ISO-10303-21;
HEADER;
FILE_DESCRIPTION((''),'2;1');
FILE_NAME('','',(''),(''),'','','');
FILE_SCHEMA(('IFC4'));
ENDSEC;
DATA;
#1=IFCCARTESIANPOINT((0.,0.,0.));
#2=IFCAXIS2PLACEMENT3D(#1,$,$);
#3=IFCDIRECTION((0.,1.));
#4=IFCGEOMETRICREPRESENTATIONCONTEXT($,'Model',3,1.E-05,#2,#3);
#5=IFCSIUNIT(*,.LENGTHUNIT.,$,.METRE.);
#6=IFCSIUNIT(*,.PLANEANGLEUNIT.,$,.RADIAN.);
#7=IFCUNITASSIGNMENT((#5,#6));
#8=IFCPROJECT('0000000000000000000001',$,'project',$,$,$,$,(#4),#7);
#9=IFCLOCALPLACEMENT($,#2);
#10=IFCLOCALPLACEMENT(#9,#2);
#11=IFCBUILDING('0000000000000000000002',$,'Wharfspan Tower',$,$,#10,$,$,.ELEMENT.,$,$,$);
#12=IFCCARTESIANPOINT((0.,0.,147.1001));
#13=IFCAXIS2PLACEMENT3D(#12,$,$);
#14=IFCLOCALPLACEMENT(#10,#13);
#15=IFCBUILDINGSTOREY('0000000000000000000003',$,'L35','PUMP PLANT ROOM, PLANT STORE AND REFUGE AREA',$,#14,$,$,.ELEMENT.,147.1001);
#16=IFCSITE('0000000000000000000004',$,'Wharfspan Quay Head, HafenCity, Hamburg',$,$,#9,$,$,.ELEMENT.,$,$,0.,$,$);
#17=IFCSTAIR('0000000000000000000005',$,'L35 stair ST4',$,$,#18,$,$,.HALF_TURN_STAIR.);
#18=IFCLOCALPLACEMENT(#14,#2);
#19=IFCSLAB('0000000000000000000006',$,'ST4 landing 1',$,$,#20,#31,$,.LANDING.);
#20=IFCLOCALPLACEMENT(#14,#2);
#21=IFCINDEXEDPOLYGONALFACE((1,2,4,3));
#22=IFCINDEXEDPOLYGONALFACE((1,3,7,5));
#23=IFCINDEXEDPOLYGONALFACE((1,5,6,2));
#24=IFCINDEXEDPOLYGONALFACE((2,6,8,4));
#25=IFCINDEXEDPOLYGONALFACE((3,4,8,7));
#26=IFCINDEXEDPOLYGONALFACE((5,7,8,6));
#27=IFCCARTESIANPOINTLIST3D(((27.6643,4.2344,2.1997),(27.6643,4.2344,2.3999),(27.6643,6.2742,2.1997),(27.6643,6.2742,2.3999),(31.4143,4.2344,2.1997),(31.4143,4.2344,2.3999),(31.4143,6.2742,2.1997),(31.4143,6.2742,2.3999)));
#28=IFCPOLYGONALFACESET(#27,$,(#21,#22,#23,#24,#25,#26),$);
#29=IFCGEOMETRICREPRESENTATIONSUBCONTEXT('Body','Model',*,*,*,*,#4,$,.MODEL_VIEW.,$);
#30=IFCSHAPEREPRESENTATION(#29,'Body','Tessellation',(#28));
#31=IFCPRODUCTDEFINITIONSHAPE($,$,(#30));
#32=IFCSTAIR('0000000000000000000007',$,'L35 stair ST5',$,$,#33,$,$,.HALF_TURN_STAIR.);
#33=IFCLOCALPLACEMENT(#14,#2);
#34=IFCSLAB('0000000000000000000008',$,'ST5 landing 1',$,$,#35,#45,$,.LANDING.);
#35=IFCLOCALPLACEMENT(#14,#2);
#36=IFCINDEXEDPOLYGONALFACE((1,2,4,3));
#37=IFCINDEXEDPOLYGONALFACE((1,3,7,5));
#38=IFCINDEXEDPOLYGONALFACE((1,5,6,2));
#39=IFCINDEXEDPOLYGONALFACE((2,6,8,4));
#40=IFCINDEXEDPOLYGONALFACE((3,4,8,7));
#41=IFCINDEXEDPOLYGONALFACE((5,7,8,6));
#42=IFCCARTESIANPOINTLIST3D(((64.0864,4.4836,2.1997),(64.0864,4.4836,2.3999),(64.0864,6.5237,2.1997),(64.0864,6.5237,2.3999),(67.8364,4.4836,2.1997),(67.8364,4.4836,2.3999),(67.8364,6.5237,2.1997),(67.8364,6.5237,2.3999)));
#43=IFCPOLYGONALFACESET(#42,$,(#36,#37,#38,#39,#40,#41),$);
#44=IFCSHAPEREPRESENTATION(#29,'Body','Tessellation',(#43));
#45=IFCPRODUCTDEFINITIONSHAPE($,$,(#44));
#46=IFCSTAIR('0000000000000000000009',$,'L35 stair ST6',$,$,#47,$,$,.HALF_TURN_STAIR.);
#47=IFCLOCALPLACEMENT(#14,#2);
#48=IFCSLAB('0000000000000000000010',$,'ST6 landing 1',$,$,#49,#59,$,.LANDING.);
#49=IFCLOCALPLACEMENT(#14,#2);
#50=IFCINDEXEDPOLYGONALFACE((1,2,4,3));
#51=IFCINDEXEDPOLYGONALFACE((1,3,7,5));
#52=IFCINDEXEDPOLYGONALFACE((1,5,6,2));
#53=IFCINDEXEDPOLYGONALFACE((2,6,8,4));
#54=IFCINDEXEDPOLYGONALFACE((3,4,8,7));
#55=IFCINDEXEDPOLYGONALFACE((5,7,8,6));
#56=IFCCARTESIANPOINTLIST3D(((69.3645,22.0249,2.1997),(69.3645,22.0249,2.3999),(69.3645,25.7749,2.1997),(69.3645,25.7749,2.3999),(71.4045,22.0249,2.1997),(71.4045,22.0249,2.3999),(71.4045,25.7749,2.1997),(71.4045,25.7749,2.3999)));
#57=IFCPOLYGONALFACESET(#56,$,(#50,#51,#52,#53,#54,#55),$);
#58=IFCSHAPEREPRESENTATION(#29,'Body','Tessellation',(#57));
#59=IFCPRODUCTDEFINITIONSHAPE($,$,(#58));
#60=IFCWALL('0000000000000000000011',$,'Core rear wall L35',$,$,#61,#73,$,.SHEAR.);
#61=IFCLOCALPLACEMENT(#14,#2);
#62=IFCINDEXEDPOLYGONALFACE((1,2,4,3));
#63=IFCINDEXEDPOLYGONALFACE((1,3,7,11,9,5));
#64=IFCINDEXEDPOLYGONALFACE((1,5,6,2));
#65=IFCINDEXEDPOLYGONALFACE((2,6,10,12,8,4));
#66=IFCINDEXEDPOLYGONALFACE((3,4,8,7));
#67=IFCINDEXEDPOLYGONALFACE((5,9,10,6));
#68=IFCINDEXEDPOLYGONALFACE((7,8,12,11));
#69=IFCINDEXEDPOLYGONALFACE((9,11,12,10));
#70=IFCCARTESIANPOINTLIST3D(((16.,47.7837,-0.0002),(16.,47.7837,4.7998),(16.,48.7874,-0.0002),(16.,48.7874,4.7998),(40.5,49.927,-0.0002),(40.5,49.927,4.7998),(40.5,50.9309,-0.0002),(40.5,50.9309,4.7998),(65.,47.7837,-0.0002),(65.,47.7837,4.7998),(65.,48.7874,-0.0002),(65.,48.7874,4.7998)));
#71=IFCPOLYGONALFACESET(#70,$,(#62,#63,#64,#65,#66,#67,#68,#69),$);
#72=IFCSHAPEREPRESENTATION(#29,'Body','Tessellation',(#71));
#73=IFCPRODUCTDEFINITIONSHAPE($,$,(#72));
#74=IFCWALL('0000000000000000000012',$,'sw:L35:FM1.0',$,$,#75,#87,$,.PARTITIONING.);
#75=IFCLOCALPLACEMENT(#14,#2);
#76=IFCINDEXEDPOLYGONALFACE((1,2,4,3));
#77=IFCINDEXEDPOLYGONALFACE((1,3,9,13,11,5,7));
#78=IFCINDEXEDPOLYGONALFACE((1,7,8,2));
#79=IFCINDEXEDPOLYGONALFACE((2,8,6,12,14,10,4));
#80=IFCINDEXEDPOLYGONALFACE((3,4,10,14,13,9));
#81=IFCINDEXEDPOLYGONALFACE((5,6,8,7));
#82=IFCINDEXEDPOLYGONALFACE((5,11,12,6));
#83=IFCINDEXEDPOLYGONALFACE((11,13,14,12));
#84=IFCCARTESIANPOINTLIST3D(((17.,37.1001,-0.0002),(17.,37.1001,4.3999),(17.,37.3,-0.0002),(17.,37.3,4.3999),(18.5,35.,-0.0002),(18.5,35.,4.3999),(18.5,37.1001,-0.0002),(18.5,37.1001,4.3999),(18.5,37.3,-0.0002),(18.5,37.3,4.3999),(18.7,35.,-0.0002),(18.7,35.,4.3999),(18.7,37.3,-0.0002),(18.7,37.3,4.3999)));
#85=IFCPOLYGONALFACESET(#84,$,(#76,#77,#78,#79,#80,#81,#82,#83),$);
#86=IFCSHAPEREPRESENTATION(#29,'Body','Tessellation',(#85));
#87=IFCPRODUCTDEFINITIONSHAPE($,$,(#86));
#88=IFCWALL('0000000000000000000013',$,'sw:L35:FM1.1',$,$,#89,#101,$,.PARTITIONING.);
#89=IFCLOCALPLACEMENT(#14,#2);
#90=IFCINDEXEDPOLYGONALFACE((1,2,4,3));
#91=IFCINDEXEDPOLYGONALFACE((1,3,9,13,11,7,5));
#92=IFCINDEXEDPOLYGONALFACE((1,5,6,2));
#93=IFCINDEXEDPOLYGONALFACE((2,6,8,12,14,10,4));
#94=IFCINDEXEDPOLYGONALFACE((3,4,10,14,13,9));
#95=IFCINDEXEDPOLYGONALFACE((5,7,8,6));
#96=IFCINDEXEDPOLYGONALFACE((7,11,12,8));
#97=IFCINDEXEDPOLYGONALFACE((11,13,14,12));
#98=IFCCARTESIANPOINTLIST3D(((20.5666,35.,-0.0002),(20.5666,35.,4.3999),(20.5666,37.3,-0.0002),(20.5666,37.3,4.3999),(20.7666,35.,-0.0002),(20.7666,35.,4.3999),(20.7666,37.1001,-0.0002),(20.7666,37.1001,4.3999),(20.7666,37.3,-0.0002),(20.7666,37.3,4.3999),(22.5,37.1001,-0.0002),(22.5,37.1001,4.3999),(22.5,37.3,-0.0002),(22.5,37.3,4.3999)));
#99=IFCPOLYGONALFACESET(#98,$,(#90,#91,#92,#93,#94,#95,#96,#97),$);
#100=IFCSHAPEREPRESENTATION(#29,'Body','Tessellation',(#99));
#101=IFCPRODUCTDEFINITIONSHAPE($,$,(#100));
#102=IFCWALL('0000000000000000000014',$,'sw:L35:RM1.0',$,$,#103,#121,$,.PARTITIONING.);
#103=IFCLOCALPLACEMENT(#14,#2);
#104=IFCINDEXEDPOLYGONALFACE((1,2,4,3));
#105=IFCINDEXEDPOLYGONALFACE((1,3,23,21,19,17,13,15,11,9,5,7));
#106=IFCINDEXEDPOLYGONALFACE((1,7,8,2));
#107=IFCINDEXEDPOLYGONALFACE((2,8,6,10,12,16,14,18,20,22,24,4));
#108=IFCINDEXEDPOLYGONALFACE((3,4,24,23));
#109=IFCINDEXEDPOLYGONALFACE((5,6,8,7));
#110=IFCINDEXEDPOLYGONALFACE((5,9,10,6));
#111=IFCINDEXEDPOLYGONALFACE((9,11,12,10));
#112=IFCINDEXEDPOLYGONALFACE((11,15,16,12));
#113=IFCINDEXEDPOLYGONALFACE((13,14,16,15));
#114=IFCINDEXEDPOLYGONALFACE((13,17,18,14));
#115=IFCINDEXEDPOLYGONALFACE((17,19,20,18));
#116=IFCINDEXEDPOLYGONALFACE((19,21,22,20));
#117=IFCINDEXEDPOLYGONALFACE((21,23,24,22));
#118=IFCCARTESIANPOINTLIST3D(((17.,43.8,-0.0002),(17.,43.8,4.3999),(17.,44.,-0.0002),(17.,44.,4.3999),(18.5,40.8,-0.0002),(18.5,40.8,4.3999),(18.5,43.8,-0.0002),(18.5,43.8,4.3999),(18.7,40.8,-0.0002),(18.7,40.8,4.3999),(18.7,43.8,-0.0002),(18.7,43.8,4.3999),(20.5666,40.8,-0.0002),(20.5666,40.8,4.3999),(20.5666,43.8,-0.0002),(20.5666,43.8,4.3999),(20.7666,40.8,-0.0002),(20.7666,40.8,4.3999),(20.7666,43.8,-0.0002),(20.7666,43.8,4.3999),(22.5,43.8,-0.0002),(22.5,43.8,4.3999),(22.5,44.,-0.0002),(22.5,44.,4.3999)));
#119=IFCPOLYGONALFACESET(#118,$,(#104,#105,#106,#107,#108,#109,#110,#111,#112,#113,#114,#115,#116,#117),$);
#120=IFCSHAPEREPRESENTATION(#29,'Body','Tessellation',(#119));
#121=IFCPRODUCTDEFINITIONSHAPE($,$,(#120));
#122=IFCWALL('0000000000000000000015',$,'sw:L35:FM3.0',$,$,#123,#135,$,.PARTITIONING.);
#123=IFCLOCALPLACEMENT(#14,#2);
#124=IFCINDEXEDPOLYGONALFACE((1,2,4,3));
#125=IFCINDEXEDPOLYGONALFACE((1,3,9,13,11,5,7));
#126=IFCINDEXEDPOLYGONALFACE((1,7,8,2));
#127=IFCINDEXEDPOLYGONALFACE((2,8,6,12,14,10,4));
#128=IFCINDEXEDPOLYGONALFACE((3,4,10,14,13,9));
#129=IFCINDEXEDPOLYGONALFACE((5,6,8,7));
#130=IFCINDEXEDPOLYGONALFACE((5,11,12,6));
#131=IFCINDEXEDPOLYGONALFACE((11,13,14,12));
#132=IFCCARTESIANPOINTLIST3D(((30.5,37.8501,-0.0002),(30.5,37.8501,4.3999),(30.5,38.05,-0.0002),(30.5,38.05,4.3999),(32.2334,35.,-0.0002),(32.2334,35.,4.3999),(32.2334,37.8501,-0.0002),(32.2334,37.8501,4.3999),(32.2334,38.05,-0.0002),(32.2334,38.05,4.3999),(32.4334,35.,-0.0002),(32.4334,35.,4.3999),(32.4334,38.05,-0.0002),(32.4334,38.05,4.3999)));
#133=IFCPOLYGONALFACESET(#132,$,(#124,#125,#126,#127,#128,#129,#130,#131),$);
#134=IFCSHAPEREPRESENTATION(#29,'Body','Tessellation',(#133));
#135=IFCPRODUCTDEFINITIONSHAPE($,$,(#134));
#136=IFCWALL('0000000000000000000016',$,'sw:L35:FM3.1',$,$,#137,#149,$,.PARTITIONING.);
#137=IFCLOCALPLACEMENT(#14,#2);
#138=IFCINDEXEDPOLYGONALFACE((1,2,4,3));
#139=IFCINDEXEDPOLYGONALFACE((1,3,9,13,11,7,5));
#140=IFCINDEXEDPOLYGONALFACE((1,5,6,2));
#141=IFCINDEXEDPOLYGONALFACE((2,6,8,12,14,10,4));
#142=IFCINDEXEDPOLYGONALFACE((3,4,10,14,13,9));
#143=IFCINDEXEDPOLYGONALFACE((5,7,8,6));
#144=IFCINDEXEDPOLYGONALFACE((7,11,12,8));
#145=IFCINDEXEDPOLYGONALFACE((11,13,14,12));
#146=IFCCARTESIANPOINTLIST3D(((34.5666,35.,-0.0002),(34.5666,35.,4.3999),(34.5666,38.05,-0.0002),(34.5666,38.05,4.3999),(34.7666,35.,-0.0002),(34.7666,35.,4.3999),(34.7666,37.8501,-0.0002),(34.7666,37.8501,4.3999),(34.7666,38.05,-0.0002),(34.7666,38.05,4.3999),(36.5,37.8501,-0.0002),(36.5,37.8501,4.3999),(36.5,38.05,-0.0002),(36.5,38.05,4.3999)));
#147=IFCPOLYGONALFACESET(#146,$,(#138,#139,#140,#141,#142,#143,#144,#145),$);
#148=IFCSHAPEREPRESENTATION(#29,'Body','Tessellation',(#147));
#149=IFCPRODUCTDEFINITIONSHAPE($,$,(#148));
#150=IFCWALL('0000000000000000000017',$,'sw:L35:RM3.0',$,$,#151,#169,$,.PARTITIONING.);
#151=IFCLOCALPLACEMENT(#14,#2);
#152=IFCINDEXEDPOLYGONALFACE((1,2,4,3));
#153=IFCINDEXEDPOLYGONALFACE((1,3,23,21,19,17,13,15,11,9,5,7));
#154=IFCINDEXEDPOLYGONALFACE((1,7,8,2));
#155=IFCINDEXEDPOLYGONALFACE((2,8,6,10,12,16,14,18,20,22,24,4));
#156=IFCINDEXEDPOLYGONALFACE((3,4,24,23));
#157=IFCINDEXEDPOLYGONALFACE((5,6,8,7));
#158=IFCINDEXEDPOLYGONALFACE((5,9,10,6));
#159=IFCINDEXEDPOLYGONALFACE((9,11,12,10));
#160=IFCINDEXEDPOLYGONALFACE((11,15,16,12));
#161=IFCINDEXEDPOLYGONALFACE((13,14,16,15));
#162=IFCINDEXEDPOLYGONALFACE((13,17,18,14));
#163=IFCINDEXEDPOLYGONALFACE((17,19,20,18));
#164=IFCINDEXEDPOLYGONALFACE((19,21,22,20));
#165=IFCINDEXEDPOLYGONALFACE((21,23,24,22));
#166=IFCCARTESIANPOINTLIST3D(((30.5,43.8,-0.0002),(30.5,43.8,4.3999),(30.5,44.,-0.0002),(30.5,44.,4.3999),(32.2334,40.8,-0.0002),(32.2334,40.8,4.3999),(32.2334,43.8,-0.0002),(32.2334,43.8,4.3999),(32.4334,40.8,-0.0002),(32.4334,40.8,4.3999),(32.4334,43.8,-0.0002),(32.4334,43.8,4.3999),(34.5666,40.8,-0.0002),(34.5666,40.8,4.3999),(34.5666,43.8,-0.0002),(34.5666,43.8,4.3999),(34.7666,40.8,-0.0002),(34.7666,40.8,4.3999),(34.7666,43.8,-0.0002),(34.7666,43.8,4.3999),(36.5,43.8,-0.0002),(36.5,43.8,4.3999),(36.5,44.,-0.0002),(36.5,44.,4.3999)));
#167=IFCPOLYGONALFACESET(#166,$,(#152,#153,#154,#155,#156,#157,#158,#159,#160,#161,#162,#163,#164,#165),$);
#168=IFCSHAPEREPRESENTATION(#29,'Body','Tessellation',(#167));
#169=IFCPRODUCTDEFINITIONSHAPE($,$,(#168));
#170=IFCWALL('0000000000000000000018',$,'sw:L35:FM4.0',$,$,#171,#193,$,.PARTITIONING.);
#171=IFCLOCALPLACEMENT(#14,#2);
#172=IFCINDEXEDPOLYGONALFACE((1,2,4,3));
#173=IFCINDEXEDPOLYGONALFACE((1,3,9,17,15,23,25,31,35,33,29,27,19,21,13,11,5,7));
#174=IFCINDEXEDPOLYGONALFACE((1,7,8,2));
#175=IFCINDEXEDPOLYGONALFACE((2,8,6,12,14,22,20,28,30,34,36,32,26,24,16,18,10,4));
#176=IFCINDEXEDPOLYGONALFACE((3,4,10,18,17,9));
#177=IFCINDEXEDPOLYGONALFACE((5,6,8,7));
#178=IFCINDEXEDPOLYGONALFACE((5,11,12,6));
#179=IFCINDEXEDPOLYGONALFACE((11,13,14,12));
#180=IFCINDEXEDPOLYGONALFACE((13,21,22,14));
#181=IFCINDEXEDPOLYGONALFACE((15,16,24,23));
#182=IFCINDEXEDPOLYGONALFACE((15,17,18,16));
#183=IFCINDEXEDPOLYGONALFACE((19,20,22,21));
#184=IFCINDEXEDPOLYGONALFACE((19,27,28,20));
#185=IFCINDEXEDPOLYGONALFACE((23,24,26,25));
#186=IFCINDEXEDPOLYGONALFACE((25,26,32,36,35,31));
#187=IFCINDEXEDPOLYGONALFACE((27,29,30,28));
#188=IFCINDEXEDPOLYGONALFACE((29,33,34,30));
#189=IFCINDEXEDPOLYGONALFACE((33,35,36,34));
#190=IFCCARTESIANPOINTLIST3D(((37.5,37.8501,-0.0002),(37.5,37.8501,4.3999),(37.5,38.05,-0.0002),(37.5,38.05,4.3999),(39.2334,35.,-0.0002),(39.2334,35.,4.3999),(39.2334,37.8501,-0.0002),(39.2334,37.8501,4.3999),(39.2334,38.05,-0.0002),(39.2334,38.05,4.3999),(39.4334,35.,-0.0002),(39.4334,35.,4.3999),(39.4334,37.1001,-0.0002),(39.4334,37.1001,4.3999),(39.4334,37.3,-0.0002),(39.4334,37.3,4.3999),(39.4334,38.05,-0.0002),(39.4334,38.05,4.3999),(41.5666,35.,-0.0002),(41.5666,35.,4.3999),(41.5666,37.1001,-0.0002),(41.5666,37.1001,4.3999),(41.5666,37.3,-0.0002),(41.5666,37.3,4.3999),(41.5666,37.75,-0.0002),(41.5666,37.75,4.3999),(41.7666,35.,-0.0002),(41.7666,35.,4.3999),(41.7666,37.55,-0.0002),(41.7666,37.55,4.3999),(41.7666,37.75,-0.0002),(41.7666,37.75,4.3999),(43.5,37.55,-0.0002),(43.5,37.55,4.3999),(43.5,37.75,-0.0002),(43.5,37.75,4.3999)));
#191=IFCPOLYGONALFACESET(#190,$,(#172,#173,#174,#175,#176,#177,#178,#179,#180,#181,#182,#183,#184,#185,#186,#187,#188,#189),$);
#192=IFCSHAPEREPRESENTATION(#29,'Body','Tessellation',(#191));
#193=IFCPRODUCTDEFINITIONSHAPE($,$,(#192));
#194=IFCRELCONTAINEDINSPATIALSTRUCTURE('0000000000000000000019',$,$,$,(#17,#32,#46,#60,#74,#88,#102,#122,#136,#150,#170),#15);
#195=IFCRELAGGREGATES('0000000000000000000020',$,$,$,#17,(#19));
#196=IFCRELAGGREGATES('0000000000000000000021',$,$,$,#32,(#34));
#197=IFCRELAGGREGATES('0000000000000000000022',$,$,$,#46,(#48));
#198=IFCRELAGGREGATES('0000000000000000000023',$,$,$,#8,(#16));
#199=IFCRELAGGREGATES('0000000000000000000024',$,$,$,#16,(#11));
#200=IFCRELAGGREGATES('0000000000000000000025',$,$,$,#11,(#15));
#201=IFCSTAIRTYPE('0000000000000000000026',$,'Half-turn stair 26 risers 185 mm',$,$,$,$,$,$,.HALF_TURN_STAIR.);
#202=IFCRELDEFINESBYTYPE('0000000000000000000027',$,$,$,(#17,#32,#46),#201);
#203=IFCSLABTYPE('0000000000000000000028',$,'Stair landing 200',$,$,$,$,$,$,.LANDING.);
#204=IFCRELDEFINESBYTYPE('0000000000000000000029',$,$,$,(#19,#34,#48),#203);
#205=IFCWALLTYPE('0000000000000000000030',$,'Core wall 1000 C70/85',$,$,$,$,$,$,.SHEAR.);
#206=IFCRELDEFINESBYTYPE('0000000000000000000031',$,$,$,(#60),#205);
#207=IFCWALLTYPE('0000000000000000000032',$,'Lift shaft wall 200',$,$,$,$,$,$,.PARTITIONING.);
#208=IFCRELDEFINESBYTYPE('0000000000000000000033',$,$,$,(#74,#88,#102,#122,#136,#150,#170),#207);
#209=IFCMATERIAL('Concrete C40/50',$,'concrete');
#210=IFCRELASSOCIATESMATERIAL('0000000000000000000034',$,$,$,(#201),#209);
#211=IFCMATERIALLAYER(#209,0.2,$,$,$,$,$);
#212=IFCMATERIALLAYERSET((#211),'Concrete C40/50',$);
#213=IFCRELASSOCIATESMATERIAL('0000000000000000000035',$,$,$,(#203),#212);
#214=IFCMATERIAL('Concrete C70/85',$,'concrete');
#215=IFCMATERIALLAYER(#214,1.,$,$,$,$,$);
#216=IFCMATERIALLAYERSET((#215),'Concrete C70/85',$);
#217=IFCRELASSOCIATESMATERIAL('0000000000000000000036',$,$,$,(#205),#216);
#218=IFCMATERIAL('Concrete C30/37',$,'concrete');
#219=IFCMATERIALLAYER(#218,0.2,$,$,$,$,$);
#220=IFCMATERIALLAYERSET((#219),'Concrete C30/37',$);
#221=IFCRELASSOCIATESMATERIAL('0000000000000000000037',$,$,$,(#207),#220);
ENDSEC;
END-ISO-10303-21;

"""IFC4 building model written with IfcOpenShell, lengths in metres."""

from ifc_helpers import new_model, si_unit, direction, frame, origin, place, context, subcontext, project, spatial, polyline, outline, extrude, material, layer, layer_set, type_object, element, aggregate, save


model = new_model("IFC4")

# Units and contexts
model_context = context("Model", 3, precision=1e-05, world=origin(), true_north=direction((0.0, 1.0)))
body_context = subcontext(model_context, "Body", "Model", "MODEL_VIEW")
ifc_project = project(units=[si_unit("LENGTHUNIT", "METRE"), si_unit("PLANEANGLEUNIT", "RADIAN")], contexts=[model_context])

# Site, building, storey
site_placement = place(None, origin())
site = spatial("IfcSite", under=ifc_project, at=site_placement, Name="Wharfspan Quay Head, HafenCity, Hamburg", CompositionType="ELEMENT", RefElevation=0.0)
building_placement = place(site_placement, origin())
building = spatial("IfcBuilding", under=site, at=building_placement, Name="Wharfspan Tower", CompositionType="ELEMENT")
storey_placement = place(building_placement, frame((0.0, 0.0, 147.1001)))
storey = spatial("IfcBuildingStorey", under=building, at=storey_placement, Name="L35", Description="PUMP PLANT ROOM, PLANT STORE AND REFUGE AREA", CompositionType="ELEMENT", Elevation=147.1001)

# Shared definitions
ifc_material_1 = material(Name="Concrete C40/50", Category="concrete")

# Stairs, slabs
stair_type = type_object("IfcStairType", Name="Half-turn stair 26 risers 185 mm", PredefinedType="HALF_TURN_STAIR", material=ifc_material_1)
ifc_layer_1 = layer(ifc_material_1, 0.2)
ifc_layer_set_1 = layer_set([ifc_layer_1], Name="Concrete C40/50")
slab_type_1 = type_object("IfcSlabType", Name="Stair landing 200", PredefinedType="LANDING", material=ifc_layer_set_1)
stair_1_placement = place(storey_placement, origin())
stair_1 = element("IfcStair", 1, at=stair_1_placement, inside=storey, type_object=stair_type, Name="L35 stair ST4", PredefinedType="HALF_TURN_STAIR")
slab_1_placement = place(storey_placement, frame((0.0, 0.0, 2.1997)))
slab_1 = element("IfcSlab", 2, at=slab_1_placement, type_object=slab_type_1, Name="ST4 landing 1", PredefinedType="LANDING", context=body_context, shape_type="SweptSolid", body=[
    extrude(outline(polyline([(27.6643, 6.2742), (27.6643, 4.2344), (31.4143, 4.2344), (31.4143, 6.2742), (27.6643, 6.2742)])), origin(), (0.0, 0.0, 1.0), 0.2002),
])
aggregate(stair_1, [slab_1])
stair_2_placement = place(storey_placement, origin())
stair_2 = element("IfcStair", 3, at=stair_2_placement, inside=storey, type_object=stair_type, Name="L35 stair ST5", PredefinedType="HALF_TURN_STAIR")
slab_2_placement = place(storey_placement, frame((0.0, 0.0, 2.1997)))
slab_2 = element("IfcSlab", 4, at=slab_2_placement, type_object=slab_type_1, Name="ST5 landing 1", PredefinedType="LANDING", context=body_context, shape_type="SweptSolid", body=[
    extrude(outline(polyline([(64.0864, 6.5237), (64.0864, 4.4836), (67.8364, 4.4836), (67.8364, 6.5237), (64.0864, 6.5237)])), origin(), (0.0, 0.0, 1.0), 0.2002),
])
aggregate(stair_2, [slab_2])
stair_3_placement = place(storey_placement, origin())
stair_3 = element("IfcStair", 5, at=stair_3_placement, inside=storey, type_object=stair_type, Name="L35 stair ST6", PredefinedType="HALF_TURN_STAIR")
slab_3_placement = place(storey_placement, frame((0.0, 0.0, 2.1997)))
slab_3 = element("IfcSlab", 6, at=slab_3_placement, type_object=slab_type_1, Name="ST6 landing 1", PredefinedType="LANDING", context=body_context, shape_type="SweptSolid", body=[
    extrude(outline(polyline([(69.3645, 22.0249), (71.4045, 22.0249), (71.4045, 25.7749), (69.3645, 25.7749), (69.3645, 22.0249)])), origin(), (0.0, 0.0, 1.0), 0.2002),
])
aggregate(stair_3, [slab_3])

# Walls
ifc_material_2 = material(Name="Concrete C70/85", Category="concrete")
ifc_layer_2 = layer(ifc_material_2, 1.0)
ifc_layer_set_2 = layer_set([ifc_layer_2], Name="Concrete C70/85")
wall_type_1 = type_object("IfcWallType", Name="Core wall 1000 C70/85", PredefinedType="SHEAR", material=ifc_layer_set_2)
wall_1_placement = place(storey_placement, frame((0.0, 0.0, -0.0002)))
element("IfcWall", 7, at=wall_1_placement, inside=storey, type_object=wall_type_1, Name="Core rear wall L35", PredefinedType="SHEAR", context=body_context, shape_type="SweptSolid", body=[
    extrude(outline(polyline([(16.0, 47.7837), (40.5, 49.927), (65.0, 47.7837), (65.0, 48.7874), (40.5, 50.9309), (16.0, 48.7874), (16.0, 47.7837)])), origin(), (0.0, 0.0, 1.0), 4.8),
])
ifc_material_3 = material(Name="Concrete C30/37", Category="concrete")
ifc_layer_3 = layer(ifc_material_3, 0.2)
ifc_layer_set_3 = layer_set([ifc_layer_3], Name="Concrete C30/37")
wall_type_2 = type_object("IfcWallType", Name="Lift shaft wall 200", PredefinedType="PARTITIONING", material=ifc_layer_set_3)
wall_2_placement = place(storey_placement, frame((0.0, 0.0, -0.0002)))
element("IfcWall", 8, at=wall_2_placement, inside=storey, type_object=wall_type_2, Name="sw:L35:FM1.0", PredefinedType="PARTITIONING", context=body_context, shape_type="SweptSolid", body=[
    extrude(outline(polyline([(18.5, 37.1001), (17.0, 37.1001), (17.0, 37.3), (18.5, 37.3), (18.7, 37.3), (18.7, 35.0), (18.5, 35.0), (18.5, 37.1001)])), origin(), (0.0, 0.0, 1.0), 4.4001),
])
wall_3_placement = place(storey_placement, frame((0.0, 0.0, -0.0002)))
element("IfcWall", 9, at=wall_3_placement, inside=storey, type_object=wall_type_2, Name="sw:L35:FM1.1", PredefinedType="PARTITIONING", context=body_context, shape_type="SweptSolid", body=[
    extrude(outline(polyline([(20.5666, 37.3), (20.7666, 37.3), (22.5, 37.3), (22.5, 37.1001), (20.7666, 37.1001), (20.7666, 35.0), (20.5666, 35.0), (20.5666, 37.3)])), origin(), (0.0, 0.0, 1.0), 4.4001),
])
wall_4_placement = place(storey_placement, frame((0.0, 0.0, -0.0002)))
element("IfcWall", 10, at=wall_4_placement, inside=storey, type_object=wall_type_2, Name="sw:L35:RM1.0", PredefinedType="PARTITIONING", context=body_context, shape_type="SweptSolid", body=[
    extrude(outline(polyline([(18.7, 40.8), (18.5, 40.8), (18.5, 43.8), (17.0, 43.8), (17.0, 44.0), (22.5, 44.0), (22.5, 43.8), (20.7666, 43.8), (20.7666, 40.8), (20.5666, 40.8), (20.5666, 43.8), (18.7, 43.8), (18.7, 40.8)])), origin(), (0.0, 0.0, 1.0), 4.4001),
])
wall_5_placement = place(storey_placement, frame((0.0, 0.0, -0.0002)))
element("IfcWall", 11, at=wall_5_placement, inside=storey, type_object=wall_type_2, Name="sw:L35:FM3.0", PredefinedType="PARTITIONING", context=body_context, shape_type="SweptSolid", body=[
    extrude(outline(polyline([(32.2334, 37.8501), (30.5, 37.8501), (30.5, 38.05), (32.2334, 38.05), (32.4333, 38.05), (32.4333, 35.0), (32.2334, 35.0), (32.2334, 37.8501)])), origin(), (0.0, 0.0, 1.0), 4.4001),
])
wall_6_placement = place(storey_placement, frame((0.0, 0.0, -0.0002)))
element("IfcWall", 12, at=wall_6_placement, inside=storey, type_object=wall_type_2, Name="sw:L35:FM3.1", PredefinedType="PARTITIONING", context=body_context, shape_type="SweptSolid", body=[
    extrude(outline(polyline([(34.5667, 38.05), (34.7666, 38.05), (36.5, 38.05), (36.5, 37.8501), (34.7666, 37.8501), (34.7666, 35.0), (34.5667, 35.0), (34.5667, 38.05)])), origin(), (0.0, 0.0, 1.0), 4.4001),
])
wall_7_placement = place(storey_placement, frame((0.0, 0.0, -0.0002)))
element("IfcWall", 13, at=wall_7_placement, inside=storey, type_object=wall_type_2, Name="sw:L35:RM3.0", PredefinedType="PARTITIONING", context=body_context, shape_type="SweptSolid", body=[
    extrude(outline(polyline([(32.4333, 40.8), (32.2334, 40.8), (32.2334, 43.8), (30.5, 43.8), (30.5, 44.0), (36.5, 44.0), (36.5, 43.8), (34.7666, 43.8), (34.7666, 40.8), (34.5667, 40.8), (34.5667, 43.8), (32.4333, 43.8), (32.4333, 40.8)])), origin(), (0.0, 0.0, 1.0), 4.4001),
])
wall_8_placement = place(storey_placement, frame((0.0, 0.0, -0.0002)))
element("IfcWall", 14, at=wall_8_placement, inside=storey, type_object=wall_type_2, Name="sw:L35:FM4.0", PredefinedType="PARTITIONING", context=body_context, shape_type="SweptSolid", body=[
    extrude(outline(polyline([(41.5667, 37.1001), (39.4333, 37.1001), (39.4333, 35.0), (39.2334, 35.0), (39.2334, 37.8501), (37.5, 37.8501), (37.5, 38.05), (39.2334, 38.05), (39.4333, 38.05), (39.4333, 37.3), (41.5667, 37.3), (41.5667, 37.75), (41.7666, 37.75), (43.5, 37.75), (43.5, 37.55), (41.7666, 37.55), (41.7666, 35.0), (41.5667, 35.0), (41.5667, 37.1001)])), origin(), (0.0, 0.0, 1.0), 4.4001),
])

save(model, "model.ifc")
